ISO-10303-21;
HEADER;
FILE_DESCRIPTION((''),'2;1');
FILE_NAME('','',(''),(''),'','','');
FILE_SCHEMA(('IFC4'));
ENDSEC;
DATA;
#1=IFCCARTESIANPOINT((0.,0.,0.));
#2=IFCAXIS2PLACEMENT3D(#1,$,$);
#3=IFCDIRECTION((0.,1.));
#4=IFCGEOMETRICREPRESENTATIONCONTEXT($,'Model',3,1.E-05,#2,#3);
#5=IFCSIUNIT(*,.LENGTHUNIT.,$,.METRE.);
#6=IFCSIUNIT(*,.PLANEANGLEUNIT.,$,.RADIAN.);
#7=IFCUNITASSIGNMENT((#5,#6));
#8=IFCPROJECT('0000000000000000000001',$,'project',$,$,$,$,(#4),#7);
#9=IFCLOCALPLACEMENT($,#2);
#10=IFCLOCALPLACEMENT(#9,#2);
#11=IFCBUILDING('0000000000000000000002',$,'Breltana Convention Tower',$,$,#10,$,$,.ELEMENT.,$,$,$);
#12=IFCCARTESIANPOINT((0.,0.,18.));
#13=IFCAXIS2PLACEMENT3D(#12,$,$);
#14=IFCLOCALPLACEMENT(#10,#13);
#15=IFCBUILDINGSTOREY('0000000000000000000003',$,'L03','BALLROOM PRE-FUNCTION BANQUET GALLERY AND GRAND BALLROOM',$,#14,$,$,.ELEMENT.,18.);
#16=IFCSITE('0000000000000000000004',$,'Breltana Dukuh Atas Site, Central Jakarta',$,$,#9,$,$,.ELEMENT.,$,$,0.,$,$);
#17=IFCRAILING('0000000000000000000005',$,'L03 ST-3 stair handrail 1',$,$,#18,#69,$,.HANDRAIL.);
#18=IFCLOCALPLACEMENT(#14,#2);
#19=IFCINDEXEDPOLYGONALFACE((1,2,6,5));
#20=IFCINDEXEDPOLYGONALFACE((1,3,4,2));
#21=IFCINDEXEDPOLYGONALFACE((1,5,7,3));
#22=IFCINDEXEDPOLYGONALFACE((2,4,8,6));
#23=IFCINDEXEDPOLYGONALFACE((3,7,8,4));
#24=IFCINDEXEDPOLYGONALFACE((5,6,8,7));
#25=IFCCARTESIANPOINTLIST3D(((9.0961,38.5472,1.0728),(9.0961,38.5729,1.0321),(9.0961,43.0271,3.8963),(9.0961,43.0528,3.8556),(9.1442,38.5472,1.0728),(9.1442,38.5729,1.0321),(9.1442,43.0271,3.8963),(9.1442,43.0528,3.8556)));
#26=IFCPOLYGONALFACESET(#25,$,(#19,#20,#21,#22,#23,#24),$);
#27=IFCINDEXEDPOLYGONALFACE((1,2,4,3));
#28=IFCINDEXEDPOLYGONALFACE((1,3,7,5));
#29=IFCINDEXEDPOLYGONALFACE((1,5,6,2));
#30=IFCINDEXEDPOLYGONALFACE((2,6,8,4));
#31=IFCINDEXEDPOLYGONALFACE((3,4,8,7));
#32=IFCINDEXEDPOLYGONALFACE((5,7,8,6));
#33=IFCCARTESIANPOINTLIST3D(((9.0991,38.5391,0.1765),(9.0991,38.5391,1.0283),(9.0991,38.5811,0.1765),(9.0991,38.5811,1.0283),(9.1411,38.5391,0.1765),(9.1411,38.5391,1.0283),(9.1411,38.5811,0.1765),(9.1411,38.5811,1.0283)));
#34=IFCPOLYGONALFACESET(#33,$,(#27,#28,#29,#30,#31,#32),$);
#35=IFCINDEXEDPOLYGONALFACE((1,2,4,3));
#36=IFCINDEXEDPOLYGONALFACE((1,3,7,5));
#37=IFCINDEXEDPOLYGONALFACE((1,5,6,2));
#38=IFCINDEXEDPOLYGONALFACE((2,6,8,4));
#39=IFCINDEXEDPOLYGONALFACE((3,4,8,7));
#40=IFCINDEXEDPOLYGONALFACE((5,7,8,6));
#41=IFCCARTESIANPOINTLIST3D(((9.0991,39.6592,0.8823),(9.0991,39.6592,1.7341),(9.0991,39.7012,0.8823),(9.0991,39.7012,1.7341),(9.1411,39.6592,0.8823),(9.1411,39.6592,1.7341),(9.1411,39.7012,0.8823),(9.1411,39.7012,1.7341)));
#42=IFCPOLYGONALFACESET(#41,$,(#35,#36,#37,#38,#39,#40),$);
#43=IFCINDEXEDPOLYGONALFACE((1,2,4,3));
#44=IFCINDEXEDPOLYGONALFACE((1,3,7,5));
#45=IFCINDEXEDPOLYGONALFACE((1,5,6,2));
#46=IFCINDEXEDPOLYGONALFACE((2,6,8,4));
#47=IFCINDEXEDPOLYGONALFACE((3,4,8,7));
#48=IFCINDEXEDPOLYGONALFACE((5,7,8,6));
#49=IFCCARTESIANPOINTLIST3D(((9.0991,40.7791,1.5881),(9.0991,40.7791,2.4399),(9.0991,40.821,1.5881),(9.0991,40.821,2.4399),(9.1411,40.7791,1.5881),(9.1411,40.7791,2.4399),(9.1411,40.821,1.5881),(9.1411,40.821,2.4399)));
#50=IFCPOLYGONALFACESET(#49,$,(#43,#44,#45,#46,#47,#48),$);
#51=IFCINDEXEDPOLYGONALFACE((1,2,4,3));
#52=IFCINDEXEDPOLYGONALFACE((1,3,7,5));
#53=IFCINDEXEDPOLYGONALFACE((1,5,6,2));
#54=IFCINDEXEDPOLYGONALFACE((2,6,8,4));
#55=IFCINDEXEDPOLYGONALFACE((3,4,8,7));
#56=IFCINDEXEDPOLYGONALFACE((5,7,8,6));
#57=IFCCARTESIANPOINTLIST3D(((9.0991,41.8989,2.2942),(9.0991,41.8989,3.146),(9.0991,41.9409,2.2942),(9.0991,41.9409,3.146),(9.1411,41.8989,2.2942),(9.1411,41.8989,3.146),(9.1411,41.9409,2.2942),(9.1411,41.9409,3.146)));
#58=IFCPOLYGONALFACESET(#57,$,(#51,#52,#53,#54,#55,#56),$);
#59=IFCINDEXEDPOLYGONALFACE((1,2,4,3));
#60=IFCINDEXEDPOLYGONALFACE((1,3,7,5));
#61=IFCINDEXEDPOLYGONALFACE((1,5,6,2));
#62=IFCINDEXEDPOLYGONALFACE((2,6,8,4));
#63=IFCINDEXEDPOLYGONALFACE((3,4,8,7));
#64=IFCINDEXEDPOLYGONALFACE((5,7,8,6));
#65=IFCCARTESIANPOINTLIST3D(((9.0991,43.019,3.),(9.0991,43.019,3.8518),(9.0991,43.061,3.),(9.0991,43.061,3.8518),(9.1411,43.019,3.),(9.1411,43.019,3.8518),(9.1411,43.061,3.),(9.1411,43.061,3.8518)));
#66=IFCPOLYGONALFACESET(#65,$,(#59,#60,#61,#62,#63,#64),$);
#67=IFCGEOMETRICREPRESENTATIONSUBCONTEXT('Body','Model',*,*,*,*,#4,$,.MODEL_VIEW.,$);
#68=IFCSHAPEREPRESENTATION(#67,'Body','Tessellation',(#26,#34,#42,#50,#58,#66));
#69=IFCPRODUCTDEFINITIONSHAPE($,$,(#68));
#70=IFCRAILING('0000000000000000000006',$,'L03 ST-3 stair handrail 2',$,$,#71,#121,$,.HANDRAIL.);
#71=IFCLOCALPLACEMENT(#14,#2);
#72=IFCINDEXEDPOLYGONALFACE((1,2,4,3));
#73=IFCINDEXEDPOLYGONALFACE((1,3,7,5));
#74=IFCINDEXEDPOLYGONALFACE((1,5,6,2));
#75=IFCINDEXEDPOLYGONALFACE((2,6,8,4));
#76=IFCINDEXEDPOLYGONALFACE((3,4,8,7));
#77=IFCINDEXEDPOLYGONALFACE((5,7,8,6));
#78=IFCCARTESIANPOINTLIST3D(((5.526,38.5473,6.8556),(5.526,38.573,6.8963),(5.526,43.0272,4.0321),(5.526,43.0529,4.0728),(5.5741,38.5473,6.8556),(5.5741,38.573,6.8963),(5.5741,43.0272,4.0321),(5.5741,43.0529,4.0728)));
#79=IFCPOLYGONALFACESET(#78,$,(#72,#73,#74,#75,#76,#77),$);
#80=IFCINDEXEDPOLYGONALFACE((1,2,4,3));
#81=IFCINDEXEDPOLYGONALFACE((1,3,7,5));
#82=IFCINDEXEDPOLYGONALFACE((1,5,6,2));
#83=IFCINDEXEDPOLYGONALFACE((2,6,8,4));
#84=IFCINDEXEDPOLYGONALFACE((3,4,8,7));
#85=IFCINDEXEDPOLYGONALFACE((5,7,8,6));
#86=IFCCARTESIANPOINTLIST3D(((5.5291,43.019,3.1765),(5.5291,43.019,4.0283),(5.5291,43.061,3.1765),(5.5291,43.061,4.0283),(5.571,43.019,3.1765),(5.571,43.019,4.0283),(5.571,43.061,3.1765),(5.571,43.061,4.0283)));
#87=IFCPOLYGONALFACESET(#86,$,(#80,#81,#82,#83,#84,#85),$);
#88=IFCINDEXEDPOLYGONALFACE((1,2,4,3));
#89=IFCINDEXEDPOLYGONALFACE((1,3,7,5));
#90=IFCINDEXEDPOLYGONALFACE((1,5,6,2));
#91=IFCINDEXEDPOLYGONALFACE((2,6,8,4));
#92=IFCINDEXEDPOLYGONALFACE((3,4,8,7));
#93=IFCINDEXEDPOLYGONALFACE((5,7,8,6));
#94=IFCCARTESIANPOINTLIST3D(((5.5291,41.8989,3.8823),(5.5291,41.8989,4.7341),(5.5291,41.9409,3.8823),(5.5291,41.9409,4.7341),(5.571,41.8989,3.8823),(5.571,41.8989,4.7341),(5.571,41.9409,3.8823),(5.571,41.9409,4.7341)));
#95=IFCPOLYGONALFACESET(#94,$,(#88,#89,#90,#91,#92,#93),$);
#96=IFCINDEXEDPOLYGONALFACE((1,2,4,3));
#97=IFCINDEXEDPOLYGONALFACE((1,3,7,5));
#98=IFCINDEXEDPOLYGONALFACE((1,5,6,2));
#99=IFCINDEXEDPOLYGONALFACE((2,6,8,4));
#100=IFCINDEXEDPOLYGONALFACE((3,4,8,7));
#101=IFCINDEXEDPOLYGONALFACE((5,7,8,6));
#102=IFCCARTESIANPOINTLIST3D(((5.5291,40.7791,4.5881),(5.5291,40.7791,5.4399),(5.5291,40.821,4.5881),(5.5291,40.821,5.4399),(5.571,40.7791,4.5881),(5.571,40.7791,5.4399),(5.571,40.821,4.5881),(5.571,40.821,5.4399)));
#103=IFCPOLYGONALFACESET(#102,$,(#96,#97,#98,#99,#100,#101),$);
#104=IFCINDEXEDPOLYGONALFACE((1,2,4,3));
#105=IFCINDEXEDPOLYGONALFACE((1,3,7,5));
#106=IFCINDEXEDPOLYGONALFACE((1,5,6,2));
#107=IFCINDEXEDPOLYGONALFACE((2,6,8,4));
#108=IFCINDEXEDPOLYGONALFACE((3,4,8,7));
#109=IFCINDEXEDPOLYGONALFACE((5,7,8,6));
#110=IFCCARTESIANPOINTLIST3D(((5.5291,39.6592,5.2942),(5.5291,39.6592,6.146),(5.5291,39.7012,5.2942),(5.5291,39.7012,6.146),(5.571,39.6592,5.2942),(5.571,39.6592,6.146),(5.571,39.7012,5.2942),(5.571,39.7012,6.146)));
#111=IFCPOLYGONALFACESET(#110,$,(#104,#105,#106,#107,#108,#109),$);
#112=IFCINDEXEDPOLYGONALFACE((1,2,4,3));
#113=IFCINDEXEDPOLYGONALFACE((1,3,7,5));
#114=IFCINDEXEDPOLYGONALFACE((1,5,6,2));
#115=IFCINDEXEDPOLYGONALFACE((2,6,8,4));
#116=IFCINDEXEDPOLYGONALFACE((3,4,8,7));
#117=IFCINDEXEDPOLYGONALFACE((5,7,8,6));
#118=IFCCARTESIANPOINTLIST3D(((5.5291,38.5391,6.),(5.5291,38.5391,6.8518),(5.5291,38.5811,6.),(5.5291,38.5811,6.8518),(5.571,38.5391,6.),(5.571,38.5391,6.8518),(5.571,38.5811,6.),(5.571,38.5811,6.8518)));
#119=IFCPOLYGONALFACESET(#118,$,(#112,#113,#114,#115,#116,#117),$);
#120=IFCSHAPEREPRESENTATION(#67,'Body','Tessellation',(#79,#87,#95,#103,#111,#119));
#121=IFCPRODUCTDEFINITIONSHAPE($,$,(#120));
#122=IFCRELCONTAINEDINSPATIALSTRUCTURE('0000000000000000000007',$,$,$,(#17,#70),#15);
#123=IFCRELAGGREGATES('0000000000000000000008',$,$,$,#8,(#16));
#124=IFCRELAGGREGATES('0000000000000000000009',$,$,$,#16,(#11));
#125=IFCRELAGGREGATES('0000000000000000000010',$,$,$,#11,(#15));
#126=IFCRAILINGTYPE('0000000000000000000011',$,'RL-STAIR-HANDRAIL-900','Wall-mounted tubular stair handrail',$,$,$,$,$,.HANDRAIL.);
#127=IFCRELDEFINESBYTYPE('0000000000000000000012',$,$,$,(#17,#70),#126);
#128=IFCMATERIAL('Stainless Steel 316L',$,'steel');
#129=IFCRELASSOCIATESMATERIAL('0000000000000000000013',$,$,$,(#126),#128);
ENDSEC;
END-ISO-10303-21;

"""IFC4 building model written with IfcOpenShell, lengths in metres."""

from ifc_helpers import new_model, si_unit, direction, frame, origin, origin_2d, place, context, subcontext, project, spatial, rectangle, extrude, material, type_object, element, save


model = new_model("IFC4")

# Units and contexts
model_context = context("Model", 3, precision=1e-05, world=origin(), true_north=direction((0.0, 1.0)))
body_context = subcontext(model_context, "Body", "Model", "MODEL_VIEW")
ifc_project = project(units=[si_unit("LENGTHUNIT", "METRE"), si_unit("PLANEANGLEUNIT", "RADIAN")], contexts=[model_context])

# Site, building, storey
site_placement = place(None, origin())
site = spatial("IfcSite", under=ifc_project, at=site_placement, Name="Breltana Dukuh Atas Site, Central Jakarta", CompositionType="ELEMENT", RefElevation=0.0)
building_placement = place(site_placement, origin())
building = spatial("IfcBuilding", under=site, at=building_placement, Name="Breltana Convention Tower", CompositionType="ELEMENT")
storey_placement = place(building_placement, frame((0.0, 0.0, 18.0)))
storey = spatial("IfcBuildingStorey", under=building, at=storey_placement, Name="L03", Description="BALLROOM PRE-FUNCTION BANQUET GALLERY AND GRAND BALLROOM", CompositionType="ELEMENT", Elevation=18.0)

# Railings
ifc_material_1 = material(Name="Stainless Steel 316L", Category="steel")
railing_type_1 = type_object("IfcRailingType", Name="RL-STAIR-HANDRAIL-900", Description="Wall-mounted tubular stair handrail", PredefinedType="HANDRAIL", material=ifc_material_1)
railing_1_placement = place(storey_placement, frame((9.1201, 38.5601, 0.1765)))
element("IfcRailing", 1, at=railing_1_placement, inside=storey, type_object=railing_type_1, Name="L03 ST-3 stair handrail 1", PredefinedType="HANDRAIL", context=body_context, shape_type="SweptSolid", body=[
    extrude(rectangle(XDim=0.0481, YDim=0.0481, at=origin_2d()), frame((0.0, 0.0, 0.876), z_axis=(0.0, 0.845998, 0.533186), x_axis=(-1.0, 0.0, 0.0)), (0.0, 0.0, 1.0), 5.2954),
    extrude(rectangle(XDim=0.042, YDim=0.042, at=origin_2d()), origin(), (0.0, 0.0, 1.0), 0.8518),
    extrude(rectangle(XDim=0.042, YDim=0.042, at=origin_2d()), frame((0.0, 1.1201, 0.7058)), (0.0, 0.0, 1.0), 0.8518),
    extrude(rectangle(XDim=0.042, YDim=0.042, at=origin_2d()), frame((0.0, 2.24, 1.4116)), (0.0, 0.0, 1.0), 0.8518),
    extrude(rectangle(XDim=0.042, YDim=0.042, at=origin_2d()), frame((0.0, 3.3599, 2.1177)), (0.0, 0.0, 1.0), 0.8518),
    extrude(rectangle(XDim=0.042, YDim=0.042, at=origin_2d()), frame((0.0, 4.48, 2.8235)), (0.0, 0.0, 1.0), 0.8518),
])
railing_2_placement = place(storey_placement, frame((5.55, 43.04, 3.1765)))
element("IfcRailing", 2, at=railing_2_placement, inside=storey, type_object=railing_type_1, Name="L03 ST-3 stair handrail 2", PredefinedType="HANDRAIL", context=body_context, shape_type="SweptSolid", body=[
    extrude(rectangle(XDim=0.0481, YDim=0.0481, at=origin_2d()), frame((0.0, 0.0, 0.876), z_axis=(0.0, -0.845998, 0.533186), x_axis=(1.0, 0.0, 0.0)), (0.0, 0.0, 1.0), 5.2954),
    extrude(rectangle(XDim=0.042, YDim=0.042, at=origin_2d()), origin(), (0.0, 0.0, 1.0), 0.8518),
    extrude(rectangle(XDim=0.042, YDim=0.042, at=origin_2d()), frame((0.0, -1.1201, 0.7058)), (0.0, 0.0, 1.0), 0.8518),
    extrude(rectangle(XDim=0.042, YDim=0.042, at=origin_2d()), frame((0.0, -2.24, 1.4116)), (0.0, 0.0, 1.0), 0.8518),
    extrude(rectangle(XDim=0.042, YDim=0.042, at=origin_2d()), frame((0.0, -3.3599, 2.1177)), (0.0, 0.0, 1.0), 0.8518),
    extrude(rectangle(XDim=0.042, YDim=0.042, at=origin_2d()), frame((0.0, -4.48, 2.8235)), (0.0, 0.0, 1.0), 0.8518),
])

save(model, "model.ifc")
